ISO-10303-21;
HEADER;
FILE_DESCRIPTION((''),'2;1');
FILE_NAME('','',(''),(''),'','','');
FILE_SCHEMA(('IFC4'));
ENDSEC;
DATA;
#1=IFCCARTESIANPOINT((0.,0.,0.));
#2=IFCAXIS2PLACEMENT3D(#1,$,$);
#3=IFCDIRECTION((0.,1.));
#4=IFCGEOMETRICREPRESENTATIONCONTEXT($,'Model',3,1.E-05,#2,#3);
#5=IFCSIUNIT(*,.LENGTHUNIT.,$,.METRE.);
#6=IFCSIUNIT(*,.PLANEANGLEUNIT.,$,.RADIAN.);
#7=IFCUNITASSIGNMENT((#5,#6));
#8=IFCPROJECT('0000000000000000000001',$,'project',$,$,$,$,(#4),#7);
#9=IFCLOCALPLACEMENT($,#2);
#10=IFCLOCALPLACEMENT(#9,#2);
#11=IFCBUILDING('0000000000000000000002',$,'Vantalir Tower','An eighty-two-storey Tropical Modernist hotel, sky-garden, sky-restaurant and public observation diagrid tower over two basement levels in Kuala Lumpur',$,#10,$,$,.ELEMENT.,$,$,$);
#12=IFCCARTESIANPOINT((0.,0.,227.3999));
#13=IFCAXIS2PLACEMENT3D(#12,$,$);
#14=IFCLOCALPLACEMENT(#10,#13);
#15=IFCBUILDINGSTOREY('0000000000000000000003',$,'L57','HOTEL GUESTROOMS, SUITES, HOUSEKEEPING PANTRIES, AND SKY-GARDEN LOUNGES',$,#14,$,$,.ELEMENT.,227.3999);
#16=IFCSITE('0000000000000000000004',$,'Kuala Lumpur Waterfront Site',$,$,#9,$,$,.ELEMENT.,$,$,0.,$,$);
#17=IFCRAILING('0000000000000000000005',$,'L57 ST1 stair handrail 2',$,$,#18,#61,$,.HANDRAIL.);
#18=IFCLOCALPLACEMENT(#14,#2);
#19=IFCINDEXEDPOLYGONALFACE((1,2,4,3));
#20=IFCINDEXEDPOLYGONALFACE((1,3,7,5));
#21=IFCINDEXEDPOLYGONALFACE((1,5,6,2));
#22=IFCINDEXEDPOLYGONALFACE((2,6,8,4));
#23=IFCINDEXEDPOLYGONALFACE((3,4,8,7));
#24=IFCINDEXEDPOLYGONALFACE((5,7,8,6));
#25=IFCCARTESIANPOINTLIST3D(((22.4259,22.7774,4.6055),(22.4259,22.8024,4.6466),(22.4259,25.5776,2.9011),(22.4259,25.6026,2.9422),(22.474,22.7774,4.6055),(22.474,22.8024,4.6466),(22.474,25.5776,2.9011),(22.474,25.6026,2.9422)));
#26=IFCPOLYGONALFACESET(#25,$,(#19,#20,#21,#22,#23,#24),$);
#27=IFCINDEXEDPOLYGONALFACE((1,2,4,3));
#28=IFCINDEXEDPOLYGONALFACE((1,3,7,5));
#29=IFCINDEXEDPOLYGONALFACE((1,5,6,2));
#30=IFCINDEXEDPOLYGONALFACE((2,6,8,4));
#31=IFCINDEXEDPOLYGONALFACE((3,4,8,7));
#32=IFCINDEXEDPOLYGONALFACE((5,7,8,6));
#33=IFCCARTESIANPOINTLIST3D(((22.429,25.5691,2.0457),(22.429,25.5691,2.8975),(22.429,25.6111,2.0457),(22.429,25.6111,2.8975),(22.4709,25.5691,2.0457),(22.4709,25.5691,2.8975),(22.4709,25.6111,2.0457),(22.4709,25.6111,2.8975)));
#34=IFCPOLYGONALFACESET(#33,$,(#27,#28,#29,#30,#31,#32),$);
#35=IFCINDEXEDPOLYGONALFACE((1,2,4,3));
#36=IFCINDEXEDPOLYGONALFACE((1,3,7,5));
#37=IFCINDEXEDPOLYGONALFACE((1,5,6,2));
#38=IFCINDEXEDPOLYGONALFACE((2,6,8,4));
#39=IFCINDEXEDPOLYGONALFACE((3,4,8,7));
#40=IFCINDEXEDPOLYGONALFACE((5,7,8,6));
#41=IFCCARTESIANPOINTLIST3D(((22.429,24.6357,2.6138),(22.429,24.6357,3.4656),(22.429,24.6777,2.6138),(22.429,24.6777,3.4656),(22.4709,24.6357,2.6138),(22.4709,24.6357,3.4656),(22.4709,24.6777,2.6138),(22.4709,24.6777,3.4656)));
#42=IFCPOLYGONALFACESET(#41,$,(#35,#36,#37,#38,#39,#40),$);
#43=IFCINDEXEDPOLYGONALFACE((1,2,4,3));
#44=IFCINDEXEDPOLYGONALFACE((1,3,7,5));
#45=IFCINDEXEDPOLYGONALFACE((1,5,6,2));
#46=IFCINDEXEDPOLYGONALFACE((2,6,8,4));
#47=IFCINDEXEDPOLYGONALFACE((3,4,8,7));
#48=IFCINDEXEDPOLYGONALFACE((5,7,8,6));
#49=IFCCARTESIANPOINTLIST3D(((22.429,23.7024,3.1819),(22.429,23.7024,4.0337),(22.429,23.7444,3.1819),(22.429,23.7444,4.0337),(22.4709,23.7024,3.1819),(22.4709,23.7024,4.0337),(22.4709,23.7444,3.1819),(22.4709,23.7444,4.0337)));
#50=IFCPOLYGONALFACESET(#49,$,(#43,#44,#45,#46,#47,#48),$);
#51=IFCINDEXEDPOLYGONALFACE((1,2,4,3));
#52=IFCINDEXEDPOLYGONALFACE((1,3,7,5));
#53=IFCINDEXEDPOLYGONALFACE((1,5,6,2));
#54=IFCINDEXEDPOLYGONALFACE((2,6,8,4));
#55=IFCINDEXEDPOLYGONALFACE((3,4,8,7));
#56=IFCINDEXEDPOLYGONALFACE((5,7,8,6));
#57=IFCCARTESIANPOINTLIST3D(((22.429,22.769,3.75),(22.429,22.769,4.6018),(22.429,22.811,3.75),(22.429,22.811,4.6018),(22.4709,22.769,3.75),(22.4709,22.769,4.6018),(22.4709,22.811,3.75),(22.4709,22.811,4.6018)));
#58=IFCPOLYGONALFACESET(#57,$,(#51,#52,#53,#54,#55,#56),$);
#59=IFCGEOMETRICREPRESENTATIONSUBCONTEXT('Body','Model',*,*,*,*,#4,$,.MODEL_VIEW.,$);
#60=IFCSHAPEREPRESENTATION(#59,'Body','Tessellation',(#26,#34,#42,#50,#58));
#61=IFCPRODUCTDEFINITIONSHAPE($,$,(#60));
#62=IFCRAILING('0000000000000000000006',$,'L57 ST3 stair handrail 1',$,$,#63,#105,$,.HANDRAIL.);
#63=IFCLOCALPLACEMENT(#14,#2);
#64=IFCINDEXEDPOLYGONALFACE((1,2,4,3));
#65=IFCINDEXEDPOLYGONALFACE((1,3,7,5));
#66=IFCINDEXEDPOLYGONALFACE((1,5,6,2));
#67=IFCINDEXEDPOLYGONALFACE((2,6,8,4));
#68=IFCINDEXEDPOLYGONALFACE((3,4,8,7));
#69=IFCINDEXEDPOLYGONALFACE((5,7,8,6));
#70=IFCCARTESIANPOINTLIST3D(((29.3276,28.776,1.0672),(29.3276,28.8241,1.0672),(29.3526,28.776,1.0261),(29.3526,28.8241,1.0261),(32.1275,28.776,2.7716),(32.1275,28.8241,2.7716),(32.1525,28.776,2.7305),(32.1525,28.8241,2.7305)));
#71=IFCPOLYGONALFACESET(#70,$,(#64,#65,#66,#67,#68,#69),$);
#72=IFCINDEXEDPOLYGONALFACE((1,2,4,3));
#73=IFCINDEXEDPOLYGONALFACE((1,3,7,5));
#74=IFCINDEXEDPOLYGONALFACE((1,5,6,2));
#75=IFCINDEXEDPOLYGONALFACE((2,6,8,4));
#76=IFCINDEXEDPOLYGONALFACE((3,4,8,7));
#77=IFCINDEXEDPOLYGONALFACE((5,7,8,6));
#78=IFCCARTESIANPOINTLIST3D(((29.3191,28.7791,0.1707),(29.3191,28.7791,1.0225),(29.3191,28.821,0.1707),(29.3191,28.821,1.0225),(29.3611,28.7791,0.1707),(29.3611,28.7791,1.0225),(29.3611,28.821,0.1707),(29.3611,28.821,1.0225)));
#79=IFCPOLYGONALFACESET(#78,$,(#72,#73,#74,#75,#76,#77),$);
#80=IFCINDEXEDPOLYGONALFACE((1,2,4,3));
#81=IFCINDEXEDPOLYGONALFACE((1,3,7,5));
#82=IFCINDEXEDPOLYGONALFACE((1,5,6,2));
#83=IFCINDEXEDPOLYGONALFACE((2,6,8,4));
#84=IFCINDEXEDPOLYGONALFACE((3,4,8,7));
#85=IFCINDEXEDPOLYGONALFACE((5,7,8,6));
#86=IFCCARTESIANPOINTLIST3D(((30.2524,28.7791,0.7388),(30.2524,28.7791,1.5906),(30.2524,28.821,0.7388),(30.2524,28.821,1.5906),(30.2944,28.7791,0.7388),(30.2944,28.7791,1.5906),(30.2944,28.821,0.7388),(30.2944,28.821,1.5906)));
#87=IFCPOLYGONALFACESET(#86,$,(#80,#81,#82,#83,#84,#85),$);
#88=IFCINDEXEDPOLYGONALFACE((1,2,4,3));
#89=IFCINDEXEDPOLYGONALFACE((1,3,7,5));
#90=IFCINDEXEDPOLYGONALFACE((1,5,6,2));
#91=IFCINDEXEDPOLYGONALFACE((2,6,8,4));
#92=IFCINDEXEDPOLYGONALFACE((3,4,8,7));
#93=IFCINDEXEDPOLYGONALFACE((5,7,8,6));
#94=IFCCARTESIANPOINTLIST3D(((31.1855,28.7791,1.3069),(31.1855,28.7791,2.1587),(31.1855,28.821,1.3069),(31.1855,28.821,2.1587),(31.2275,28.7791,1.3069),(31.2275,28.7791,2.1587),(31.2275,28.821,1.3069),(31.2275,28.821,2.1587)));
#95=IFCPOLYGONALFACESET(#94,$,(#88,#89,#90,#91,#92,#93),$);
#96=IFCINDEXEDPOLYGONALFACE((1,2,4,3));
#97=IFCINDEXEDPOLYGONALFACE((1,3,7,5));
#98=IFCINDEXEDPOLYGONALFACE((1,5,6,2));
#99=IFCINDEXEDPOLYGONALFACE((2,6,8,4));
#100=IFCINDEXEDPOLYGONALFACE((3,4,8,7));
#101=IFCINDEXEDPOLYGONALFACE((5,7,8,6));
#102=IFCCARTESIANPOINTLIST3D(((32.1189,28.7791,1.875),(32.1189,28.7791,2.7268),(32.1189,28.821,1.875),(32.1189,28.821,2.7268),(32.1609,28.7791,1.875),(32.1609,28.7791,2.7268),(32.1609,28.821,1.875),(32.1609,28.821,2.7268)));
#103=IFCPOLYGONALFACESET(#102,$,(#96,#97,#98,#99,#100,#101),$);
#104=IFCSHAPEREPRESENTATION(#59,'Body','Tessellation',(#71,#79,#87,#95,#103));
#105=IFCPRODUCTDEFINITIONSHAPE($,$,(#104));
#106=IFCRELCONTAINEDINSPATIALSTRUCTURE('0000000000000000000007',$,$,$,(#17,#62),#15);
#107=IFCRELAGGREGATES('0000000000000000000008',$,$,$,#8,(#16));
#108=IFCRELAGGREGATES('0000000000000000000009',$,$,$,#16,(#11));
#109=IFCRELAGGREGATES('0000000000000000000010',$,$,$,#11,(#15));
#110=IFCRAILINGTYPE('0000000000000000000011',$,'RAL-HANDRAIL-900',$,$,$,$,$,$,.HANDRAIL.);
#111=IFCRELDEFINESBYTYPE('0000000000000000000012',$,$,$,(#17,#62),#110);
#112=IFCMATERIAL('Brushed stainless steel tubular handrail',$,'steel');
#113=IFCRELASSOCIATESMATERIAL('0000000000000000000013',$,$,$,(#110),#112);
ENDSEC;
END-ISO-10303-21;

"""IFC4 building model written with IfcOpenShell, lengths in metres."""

from ifc_helpers import new_model, si_unit, direction, frame, origin, origin_2d, place, context, subcontext, project, spatial, rectangle, extrude, material, type_object, element, save


model = new_model("IFC4")

# Units and contexts
model_context = context("Model", 3, precision=1e-05, world=origin(), true_north=direction((0.0, 1.0)))
body_context = subcontext(model_context, "Body", "Model", "MODEL_VIEW")
ifc_project = project(units=[si_unit("LENGTHUNIT", "METRE"), si_unit("PLANEANGLEUNIT", "RADIAN")], contexts=[model_context])

# Site, building, storey
site_placement = place(None, origin())
site = spatial("IfcSite", under=ifc_project, at=site_placement, Name="Kuala Lumpur Waterfront Site", CompositionType="ELEMENT", RefElevation=0.0)
building_placement = place(site_placement, origin())
building = spatial("IfcBuilding", under=site, at=building_placement, Name="Vantalir Tower", Description="An eighty-two-storey Tropical Modernist hotel, sky-garden, sky-restaurant and public observation diagrid tower over two basement levels in Kuala Lumpur", CompositionType="ELEMENT")
storey_placement = place(building_placement, frame((0.0, 0.0, 227.3999)))
storey = spatial("IfcBuildingStorey", under=building, at=storey_placement, Name="L57", Description="HOTEL GUESTROOMS, SUITES, HOUSEKEEPING PANTRIES, AND SKY-GARDEN LOUNGES", CompositionType="ELEMENT", Elevation=227.3999)

# Railings
ifc_material_1 = material(Name="Brushed stainless steel tubular handrail", Category="steel")
railing_type_1 = type_object("IfcRailingType", Name="RAL-HANDRAIL-900", PredefinedType="HANDRAIL", material=ifc_material_1)
railing_1_placement = place(storey_placement, frame((22.45, 25.5901, 2.0457)))
element("IfcRailing", 1, at=railing_1_placement, inside=storey, type_object=railing_type_1, Name="L57 ST1 stair handrail 2", PredefinedType="HANDRAIL", context=body_context, shape_type="SweptSolid", body=[
    extrude(rectangle(XDim=0.0481, YDim=0.0481, at=origin_2d()), frame((0.0, 0.0, 0.876), z_axis=(0.0, -0.854203, 0.51994), x_axis=(1.0, 0.0, 0.0)), (0.0, 0.0, 1.0), 3.2781),
    extrude(rectangle(XDim=0.042, YDim=0.042, at=origin_2d()), origin(), (0.0, 0.0, 1.0), 0.8518),
    extrude(rectangle(XDim=0.042, YDim=0.042, at=origin_2d()), frame((0.0, -0.9333, 0.5681)), (0.0, 0.0, 1.0), 0.8518),
    extrude(rectangle(XDim=0.042, YDim=0.042, at=origin_2d()), frame((0.0, -1.8667, 1.1362)), (0.0, 0.0, 1.0), 0.8518),
    extrude(rectangle(XDim=0.042, YDim=0.042, at=origin_2d()), frame((0.0, -2.8, 1.7043)), (0.0, 0.0, 1.0), 0.8518),
])
railing_2_placement = place(storey_placement, frame((29.3401, 28.8, 0.1707)))
element("IfcRailing", 2, at=railing_2_placement, inside=storey, type_object=railing_type_1, Name="L57 ST3 stair handrail 1", PredefinedType="HANDRAIL", context=body_context, shape_type="SweptSolid", body=[
    extrude(rectangle(XDim=0.0481, YDim=0.0481, at=origin_2d()), frame((0.0, 0.0, 0.876), z_axis=(0.854183, 0.0, 0.519973), x_axis=(0.0, 1.0, 0.0)), (0.0, 0.0, 1.0), 3.2778),
    extrude(rectangle(XDim=0.042, YDim=0.042, at=origin_2d()), origin(), (0.0, 0.0, 1.0), 0.8518),
    extrude(rectangle(XDim=0.042, YDim=0.042, at=origin_2d()), frame((0.9333, 0.0, 0.5681)), (0.0, 0.0, 1.0), 0.8518),
    extrude(rectangle(XDim=0.042, YDim=0.042, at=origin_2d()), frame((1.8665, 0.0, 1.1362)), (0.0, 0.0, 1.0), 0.8518),
    extrude(rectangle(XDim=0.042, YDim=0.042, at=origin_2d()), frame((2.7998, 0.0, 1.7043)), (0.0, 0.0, 1.0), 0.8518),
])

save(model, "model.ifc")
